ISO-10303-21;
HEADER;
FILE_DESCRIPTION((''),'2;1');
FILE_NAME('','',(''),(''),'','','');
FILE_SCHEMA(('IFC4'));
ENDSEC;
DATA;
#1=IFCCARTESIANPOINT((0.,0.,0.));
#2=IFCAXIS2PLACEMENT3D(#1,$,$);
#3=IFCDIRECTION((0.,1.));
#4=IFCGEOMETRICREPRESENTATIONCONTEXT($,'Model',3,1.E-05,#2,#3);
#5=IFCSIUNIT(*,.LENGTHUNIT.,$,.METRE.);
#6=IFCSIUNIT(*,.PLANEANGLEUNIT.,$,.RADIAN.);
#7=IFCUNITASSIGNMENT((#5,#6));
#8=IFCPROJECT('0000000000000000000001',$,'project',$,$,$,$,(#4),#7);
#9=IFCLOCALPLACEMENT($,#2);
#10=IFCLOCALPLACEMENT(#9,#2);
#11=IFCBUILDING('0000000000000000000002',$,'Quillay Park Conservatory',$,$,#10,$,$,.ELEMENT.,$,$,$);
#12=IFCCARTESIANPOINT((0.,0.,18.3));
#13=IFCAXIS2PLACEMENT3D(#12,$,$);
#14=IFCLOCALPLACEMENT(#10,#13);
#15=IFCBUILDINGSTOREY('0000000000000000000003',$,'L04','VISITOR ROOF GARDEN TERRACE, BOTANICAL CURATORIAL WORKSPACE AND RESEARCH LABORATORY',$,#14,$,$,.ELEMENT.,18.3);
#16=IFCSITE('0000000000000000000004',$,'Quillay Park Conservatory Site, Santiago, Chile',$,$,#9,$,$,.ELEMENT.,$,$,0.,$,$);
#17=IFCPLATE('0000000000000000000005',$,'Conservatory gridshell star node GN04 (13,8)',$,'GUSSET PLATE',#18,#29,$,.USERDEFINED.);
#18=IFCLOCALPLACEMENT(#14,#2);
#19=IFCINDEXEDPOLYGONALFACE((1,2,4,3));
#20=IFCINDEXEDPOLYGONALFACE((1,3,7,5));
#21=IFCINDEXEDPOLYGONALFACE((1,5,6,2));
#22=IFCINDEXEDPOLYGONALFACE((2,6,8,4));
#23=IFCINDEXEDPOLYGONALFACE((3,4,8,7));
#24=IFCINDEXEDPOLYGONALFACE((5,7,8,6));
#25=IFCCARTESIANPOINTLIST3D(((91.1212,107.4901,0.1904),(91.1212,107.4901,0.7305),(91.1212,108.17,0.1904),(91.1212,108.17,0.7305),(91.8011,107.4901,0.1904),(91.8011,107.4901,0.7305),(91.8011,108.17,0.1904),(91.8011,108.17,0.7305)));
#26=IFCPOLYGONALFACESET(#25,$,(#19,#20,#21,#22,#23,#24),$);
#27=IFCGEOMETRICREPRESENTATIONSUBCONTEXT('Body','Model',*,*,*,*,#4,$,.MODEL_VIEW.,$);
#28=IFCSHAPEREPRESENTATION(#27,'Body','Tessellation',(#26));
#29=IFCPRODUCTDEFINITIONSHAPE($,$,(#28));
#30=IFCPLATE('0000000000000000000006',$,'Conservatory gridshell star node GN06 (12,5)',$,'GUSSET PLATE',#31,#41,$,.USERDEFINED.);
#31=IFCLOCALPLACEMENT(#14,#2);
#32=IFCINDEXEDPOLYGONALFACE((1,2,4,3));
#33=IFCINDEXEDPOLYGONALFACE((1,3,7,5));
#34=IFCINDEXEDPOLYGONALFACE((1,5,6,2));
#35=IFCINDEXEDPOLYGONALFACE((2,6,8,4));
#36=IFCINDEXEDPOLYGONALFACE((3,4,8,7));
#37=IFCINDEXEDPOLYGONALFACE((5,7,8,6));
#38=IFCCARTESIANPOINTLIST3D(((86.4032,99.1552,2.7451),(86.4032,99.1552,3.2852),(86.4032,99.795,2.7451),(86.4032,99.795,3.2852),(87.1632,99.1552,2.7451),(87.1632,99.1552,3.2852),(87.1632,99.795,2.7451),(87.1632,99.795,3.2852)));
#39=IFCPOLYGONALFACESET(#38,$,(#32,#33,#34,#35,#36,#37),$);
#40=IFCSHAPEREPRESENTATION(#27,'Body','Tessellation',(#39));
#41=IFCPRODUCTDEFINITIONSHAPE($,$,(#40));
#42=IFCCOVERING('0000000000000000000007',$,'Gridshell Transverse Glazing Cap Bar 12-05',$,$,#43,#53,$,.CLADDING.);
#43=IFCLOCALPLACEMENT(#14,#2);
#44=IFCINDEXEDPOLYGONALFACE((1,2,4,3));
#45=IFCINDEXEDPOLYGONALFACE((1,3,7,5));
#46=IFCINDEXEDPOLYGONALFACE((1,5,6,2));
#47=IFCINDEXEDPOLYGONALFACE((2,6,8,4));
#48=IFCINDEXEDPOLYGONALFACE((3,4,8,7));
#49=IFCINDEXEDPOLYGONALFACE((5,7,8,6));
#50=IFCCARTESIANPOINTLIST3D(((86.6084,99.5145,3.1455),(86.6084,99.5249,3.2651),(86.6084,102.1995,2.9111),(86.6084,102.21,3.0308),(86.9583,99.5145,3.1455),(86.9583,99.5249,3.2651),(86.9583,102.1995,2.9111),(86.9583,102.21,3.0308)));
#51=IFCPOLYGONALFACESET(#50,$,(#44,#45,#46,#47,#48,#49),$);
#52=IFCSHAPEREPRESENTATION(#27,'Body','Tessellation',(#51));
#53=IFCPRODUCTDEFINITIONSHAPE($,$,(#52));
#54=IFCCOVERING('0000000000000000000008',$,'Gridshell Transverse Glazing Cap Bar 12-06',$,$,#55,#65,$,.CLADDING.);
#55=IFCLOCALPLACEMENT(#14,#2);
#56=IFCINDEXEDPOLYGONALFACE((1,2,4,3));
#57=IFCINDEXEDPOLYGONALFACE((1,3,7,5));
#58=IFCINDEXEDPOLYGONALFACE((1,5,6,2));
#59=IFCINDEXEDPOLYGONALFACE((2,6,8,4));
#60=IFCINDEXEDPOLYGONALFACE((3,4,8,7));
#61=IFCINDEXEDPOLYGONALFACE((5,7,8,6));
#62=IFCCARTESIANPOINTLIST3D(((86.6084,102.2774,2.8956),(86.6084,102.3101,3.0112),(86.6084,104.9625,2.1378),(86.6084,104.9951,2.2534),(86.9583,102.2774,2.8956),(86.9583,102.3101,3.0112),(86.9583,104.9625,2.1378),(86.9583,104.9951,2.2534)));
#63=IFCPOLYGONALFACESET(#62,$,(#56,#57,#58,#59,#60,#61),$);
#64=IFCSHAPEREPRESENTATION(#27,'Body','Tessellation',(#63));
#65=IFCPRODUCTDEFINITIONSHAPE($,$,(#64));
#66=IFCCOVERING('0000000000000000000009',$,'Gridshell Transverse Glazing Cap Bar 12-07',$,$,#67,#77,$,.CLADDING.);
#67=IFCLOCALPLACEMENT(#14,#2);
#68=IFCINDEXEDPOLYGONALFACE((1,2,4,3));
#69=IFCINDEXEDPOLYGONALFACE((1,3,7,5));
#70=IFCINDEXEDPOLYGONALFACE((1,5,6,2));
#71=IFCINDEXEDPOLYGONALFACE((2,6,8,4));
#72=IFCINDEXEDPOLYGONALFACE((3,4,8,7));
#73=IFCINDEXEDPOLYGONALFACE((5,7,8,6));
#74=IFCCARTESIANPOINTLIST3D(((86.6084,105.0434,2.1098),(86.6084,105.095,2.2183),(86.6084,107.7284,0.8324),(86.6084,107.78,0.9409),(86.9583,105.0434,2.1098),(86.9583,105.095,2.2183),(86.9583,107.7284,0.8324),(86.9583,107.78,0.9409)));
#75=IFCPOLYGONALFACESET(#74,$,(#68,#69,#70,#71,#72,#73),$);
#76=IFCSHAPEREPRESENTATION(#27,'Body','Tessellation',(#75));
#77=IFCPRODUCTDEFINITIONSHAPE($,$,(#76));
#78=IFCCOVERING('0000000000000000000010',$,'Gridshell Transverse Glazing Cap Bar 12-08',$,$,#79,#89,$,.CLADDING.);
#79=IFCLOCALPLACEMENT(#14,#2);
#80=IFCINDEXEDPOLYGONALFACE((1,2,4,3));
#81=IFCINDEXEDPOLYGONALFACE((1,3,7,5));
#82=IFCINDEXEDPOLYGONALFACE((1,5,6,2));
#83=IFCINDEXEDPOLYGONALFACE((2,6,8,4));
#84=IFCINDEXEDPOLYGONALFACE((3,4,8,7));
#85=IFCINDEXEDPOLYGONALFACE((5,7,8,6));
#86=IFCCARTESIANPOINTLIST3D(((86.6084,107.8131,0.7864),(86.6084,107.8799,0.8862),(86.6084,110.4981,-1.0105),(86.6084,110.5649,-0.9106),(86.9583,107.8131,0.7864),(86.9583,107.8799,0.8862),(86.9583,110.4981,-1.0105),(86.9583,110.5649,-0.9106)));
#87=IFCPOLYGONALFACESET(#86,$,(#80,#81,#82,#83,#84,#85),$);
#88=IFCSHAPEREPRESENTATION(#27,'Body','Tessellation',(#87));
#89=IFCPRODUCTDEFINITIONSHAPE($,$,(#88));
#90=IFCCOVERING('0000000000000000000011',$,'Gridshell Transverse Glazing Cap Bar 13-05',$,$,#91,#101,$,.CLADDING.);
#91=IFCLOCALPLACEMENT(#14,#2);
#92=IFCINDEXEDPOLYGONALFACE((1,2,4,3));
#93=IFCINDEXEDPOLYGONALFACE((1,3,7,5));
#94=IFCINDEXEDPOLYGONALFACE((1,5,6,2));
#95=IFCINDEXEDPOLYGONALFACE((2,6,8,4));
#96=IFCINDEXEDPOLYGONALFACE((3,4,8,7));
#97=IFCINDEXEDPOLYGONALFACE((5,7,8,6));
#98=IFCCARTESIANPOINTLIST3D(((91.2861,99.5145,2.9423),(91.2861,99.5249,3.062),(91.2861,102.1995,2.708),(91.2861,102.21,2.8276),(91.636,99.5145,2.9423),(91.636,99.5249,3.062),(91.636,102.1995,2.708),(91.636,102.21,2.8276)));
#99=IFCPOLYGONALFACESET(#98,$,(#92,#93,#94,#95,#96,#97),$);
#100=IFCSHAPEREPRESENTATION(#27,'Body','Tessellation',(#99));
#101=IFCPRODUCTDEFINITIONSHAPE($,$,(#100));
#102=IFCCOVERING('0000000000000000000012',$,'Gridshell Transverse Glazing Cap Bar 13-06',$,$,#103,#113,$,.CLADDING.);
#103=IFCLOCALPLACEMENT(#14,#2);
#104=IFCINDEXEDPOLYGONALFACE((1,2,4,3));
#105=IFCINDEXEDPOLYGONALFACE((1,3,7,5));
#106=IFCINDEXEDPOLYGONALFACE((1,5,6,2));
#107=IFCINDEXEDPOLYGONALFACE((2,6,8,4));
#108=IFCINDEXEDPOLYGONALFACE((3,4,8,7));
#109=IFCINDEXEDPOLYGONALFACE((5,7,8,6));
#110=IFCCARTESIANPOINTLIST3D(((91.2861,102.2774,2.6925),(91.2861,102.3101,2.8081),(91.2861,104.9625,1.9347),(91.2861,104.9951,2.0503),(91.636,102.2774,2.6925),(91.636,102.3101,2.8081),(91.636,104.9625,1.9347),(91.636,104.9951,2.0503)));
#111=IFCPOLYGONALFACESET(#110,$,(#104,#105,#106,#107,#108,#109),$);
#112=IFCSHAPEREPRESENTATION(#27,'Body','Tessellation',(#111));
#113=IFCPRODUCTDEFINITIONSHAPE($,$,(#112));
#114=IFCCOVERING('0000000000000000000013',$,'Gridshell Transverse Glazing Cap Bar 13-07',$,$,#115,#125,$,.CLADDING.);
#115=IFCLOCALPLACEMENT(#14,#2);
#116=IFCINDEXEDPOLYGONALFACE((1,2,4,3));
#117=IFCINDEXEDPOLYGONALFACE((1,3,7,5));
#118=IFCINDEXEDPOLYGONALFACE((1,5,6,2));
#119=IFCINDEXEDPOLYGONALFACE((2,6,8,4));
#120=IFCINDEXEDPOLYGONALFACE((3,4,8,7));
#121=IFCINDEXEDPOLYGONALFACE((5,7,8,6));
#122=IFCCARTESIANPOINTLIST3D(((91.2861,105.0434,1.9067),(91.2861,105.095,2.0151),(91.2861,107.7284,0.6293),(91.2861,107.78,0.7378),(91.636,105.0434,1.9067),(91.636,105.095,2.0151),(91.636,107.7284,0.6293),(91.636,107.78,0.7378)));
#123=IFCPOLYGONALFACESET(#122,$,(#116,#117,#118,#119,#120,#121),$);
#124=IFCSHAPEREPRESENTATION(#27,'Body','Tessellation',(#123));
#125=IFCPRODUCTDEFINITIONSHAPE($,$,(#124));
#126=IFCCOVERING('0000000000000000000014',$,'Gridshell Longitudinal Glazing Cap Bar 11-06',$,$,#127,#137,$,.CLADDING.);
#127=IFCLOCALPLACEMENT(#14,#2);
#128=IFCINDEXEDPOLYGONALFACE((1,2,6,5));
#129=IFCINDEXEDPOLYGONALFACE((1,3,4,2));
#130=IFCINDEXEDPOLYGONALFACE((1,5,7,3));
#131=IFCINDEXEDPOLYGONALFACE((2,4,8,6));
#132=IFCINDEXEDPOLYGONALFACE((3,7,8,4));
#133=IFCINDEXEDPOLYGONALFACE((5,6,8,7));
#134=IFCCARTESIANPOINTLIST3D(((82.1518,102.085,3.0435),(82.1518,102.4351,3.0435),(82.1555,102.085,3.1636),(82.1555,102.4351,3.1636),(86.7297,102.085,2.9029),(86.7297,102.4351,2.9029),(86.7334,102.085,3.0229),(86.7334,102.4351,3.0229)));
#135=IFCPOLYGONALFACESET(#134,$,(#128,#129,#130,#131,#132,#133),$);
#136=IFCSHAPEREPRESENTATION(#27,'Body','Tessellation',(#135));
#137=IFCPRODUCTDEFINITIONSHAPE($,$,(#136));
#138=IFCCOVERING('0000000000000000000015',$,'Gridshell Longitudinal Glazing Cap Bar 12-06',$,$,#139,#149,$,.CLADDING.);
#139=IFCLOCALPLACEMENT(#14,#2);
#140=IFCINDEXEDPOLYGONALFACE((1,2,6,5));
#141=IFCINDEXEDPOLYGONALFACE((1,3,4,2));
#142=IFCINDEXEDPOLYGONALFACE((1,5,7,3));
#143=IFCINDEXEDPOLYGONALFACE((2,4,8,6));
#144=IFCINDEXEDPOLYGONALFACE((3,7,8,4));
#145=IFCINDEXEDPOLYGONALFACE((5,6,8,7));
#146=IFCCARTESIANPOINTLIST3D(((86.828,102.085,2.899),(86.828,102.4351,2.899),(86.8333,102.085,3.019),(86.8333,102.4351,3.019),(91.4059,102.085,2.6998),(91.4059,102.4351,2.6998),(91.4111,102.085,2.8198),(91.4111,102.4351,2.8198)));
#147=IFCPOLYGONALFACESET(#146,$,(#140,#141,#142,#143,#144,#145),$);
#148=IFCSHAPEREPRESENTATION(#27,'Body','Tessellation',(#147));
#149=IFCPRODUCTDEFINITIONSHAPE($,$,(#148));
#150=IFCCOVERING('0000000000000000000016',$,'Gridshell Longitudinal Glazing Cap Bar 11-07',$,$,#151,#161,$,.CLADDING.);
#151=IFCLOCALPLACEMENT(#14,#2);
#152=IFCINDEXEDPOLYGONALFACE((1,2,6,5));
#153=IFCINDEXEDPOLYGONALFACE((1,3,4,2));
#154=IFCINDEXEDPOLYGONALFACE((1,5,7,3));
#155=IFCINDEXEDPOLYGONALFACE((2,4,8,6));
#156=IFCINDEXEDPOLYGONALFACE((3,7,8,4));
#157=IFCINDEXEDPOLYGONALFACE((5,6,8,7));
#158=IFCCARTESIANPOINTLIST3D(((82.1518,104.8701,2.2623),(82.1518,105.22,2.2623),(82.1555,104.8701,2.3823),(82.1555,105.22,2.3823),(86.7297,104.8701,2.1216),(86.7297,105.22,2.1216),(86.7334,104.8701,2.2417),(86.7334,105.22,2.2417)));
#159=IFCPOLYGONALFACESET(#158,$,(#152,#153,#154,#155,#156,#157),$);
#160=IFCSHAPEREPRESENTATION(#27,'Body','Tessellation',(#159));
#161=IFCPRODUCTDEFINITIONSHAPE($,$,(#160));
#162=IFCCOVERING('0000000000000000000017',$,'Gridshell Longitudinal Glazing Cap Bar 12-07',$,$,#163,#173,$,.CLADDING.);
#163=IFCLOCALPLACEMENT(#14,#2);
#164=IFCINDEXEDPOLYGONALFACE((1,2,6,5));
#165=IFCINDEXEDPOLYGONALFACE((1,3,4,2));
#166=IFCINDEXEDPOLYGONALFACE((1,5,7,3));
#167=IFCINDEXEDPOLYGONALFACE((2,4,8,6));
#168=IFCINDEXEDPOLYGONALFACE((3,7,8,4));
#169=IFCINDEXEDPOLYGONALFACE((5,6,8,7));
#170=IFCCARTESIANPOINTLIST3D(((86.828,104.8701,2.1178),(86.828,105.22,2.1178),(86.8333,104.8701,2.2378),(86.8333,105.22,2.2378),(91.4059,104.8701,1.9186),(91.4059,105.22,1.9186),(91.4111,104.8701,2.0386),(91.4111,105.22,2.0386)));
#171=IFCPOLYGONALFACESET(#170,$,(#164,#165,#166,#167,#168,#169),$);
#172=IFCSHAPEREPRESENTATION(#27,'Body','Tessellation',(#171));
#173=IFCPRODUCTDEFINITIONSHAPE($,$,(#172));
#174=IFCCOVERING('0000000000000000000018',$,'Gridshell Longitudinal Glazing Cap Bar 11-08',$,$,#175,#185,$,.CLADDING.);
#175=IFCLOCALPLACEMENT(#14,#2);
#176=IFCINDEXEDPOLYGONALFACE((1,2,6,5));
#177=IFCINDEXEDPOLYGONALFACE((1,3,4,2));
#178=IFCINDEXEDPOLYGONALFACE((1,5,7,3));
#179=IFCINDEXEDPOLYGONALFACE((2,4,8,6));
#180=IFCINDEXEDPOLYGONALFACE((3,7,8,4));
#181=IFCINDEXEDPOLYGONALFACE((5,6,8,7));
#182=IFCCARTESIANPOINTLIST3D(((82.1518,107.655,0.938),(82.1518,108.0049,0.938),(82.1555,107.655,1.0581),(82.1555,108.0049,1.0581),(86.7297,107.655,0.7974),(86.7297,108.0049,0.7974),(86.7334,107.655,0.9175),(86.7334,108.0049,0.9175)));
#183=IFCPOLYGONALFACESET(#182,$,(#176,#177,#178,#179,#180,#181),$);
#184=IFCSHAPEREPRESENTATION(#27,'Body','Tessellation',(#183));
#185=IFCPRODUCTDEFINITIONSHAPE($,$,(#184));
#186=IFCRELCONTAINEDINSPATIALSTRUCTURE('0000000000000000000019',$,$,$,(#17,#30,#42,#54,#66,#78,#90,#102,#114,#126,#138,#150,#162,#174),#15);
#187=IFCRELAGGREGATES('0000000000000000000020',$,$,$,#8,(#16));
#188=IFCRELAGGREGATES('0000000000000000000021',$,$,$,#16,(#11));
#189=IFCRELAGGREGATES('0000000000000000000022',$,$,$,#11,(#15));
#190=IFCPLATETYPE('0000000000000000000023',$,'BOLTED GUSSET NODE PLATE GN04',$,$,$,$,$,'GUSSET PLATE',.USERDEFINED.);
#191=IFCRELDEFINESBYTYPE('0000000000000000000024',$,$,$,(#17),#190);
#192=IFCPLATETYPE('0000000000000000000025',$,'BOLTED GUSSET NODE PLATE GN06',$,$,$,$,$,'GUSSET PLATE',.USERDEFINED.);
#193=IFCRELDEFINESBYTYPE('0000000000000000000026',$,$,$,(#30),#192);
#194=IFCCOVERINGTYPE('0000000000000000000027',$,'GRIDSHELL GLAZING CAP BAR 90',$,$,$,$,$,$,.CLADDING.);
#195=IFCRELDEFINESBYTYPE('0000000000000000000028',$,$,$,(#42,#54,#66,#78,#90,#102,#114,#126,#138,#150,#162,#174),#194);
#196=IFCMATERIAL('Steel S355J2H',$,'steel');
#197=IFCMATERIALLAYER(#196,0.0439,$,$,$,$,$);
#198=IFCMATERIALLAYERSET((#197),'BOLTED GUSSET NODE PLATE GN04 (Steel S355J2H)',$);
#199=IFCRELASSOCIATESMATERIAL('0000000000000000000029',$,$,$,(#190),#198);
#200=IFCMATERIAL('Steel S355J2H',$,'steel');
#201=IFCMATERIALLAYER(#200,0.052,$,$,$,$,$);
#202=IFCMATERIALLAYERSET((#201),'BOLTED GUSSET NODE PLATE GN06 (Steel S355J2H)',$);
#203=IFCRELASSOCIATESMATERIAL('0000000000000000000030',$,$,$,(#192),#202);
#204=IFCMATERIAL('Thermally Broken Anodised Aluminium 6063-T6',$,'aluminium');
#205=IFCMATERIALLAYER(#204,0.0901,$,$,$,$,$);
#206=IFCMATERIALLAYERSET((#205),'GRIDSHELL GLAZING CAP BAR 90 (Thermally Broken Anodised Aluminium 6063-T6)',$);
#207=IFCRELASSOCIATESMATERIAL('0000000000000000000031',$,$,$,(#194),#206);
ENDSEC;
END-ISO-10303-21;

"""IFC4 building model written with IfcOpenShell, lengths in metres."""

from ifc_helpers import new_model, si_unit, direction, frame, origin, origin_2d, place, context, subcontext, project, spatial, polyline, rectangle, outline, extrude, material, layer, layer_set, type_object, element, save


model = new_model("IFC4")

# Units and contexts
model_context = context("Model", 3, precision=1e-05, world=origin(), true_north=direction((0.0, 1.0)))
body_context = subcontext(model_context, "Body", "Model", "MODEL_VIEW")
ifc_project = project(units=[si_unit("LENGTHUNIT", "METRE"), si_unit("PLANEANGLEUNIT", "RADIAN")], contexts=[model_context])

# Site, building, storey
site_placement = place(None, origin())
site = spatial("IfcSite", under=ifc_project, at=site_placement, Name="Quillay Park Conservatory Site, Santiago, Chile", CompositionType="ELEMENT", RefElevation=0.0)
building_placement = place(site_placement, origin())
building = spatial("IfcBuilding", under=site, at=building_placement, Name="Quillay Park Conservatory", CompositionType="ELEMENT")
storey_placement = place(building_placement, frame((0.0, 0.0, 18.3)))
storey = spatial("IfcBuildingStorey", under=building, at=storey_placement, Name="L04", Description="VISITOR ROOF GARDEN TERRACE, BOTANICAL CURATORIAL WORKSPACE AND RESEARCH LABORATORY", CompositionType="ELEMENT", Elevation=18.3)

# Plates
ifc_material_1 = material(Name="Steel S355J2H", Category="steel")
ifc_layer_1 = layer(ifc_material_1, 0.0439)
ifc_layer_set_1 = layer_set([ifc_layer_1], Name="BOLTED GUSSET NODE PLATE GN04 (Steel S355J2H)")
plate_type_1 = type_object("IfcPlateType", Name="BOLTED GUSSET NODE PLATE GN04", ElementType="GUSSET PLATE", PredefinedType="USERDEFINED", material=ifc_layer_set_1)
plate_1_placement = place(storey_placement, frame((91.4612, 107.8301, 0.1904), z_axis=(0.0, 0.0, 1.0), x_axis=(1.0, 0.0, 0.0)))
element("IfcPlate", 1, at=plate_1_placement, inside=storey, type_object=plate_type_1, Name="Conservatory gridshell star node GN04 (13,8)", ObjectType="GUSSET PLATE", PredefinedType="USERDEFINED", context=body_context, shape_type="SweptSolid", body=[
    extrude(rectangle(XDim=0.6799, YDim=0.6799, at=origin_2d()), origin(), (0.0, 0.0, 1.0), 0.54),
])
ifc_material_2 = material(Name="Steel S355J2H", Category="steel")
ifc_layer_2 = layer(ifc_material_2, 0.052)
ifc_layer_set_2 = layer_set([ifc_layer_2], Name="BOLTED GUSSET NODE PLATE GN06 (Steel S355J2H)")
plate_type_2 = type_object("IfcPlateType", Name="BOLTED GUSSET NODE PLATE GN06", ElementType="GUSSET PLATE", PredefinedType="USERDEFINED", material=ifc_layer_set_2)
plate_2_placement = place(storey_placement, frame((86.7832, 99.4751, 2.7451), z_axis=(0.0, 0.0, 1.0), x_axis=(1.0, 0.0, 0.0)))
element("IfcPlate", 2, at=plate_2_placement, inside=storey, type_object=plate_type_2, Name="Conservatory gridshell star node GN06 (12,5)", ObjectType="GUSSET PLATE", PredefinedType="USERDEFINED", context=body_context, shape_type="SweptSolid", body=[
    extrude(rectangle(XDim=0.76, YDim=0.6399, at=origin_2d()), origin(), (0.0, 0.0, 1.0), 0.54),
])

# Coverings
ifc_material_3 = material(Name="Thermally Broken Anodised Aluminium 6063-T6", Category="aluminium")
ifc_layer_3 = layer(ifc_material_3, 0.0901)
ifc_layer_set_3 = layer_set([ifc_layer_3], Name="GRIDSHELL GLAZING CAP BAR 90 (Thermally Broken Anodised Aluminium 6063-T6)")
covering_type = type_object("IfcCoveringType", Name="GRIDSHELL GLAZING CAP BAR 90", PredefinedType="CLADDING", material=ifc_layer_set_3)
covering_1_placement = place(storey_placement, frame((86.6084, 99.5249, 3.2651), z_axis=(0.0, 0.086958, 0.996212), x_axis=(1.0, 0.0, 0.0)))
element("IfcCovering", 3, at=covering_1_placement, inside=storey, type_object=covering_type, Name="Gridshell Transverse Glazing Cap Bar 12-05", PredefinedType="CLADDING", context=body_context, shape_type="SweptSolid", body=[
    extrude(outline(polyline([(0.0, 0.0), (0.3499, 0.0), (0.3499, 2.6953), (0.0, 2.6953), (0.0, 0.0)])), origin(), (0.0, 0.0, -1.0), 0.1201),
])
covering_2_placement = place(storey_placement, frame((86.6084, 102.3101, 3.0112), z_axis=(0.0, 0.271622, 0.962404), x_axis=(1.0, 0.0, 0.0)))
element("IfcCovering", 4, at=covering_2_placement, inside=storey, type_object=covering_type, Name="Gridshell Transverse Glazing Cap Bar 12-06", PredefinedType="CLADDING", context=body_context, shape_type="SweptSolid", body=[
    extrude(outline(polyline([(0.0, 0.0), (0.3499, 0.0), (0.3499, 2.7899), (0.0, 2.7899), (0.0, 0.0)])), origin(), (0.0, 0.0, -1.0), 0.1201),
])
covering_3_placement = place(storey_placement, frame((86.6084, 105.095, 2.2183), z_axis=(0.0, 0.429589, 0.903024), x_axis=(1.0, 0.0, 0.0)))
element("IfcCovering", 5, at=covering_3_placement, inside=storey, type_object=covering_type, Name="Gridshell Transverse Glazing Cap Bar 12-07", PredefinedType="CLADDING", context=body_context, shape_type="SweptSolid", body=[
    extrude(outline(polyline([(0.0, 0.0), (0.3499, 0.0), (0.3499, 2.9734), (0.0, 2.9734), (0.0, 0.0)])), origin(), (0.0, 0.0, -1.0), 0.1201),
])
covering_4_placement = place(storey_placement, frame((86.6084, 107.8799, 0.8862), z_axis=(0.0, 0.556164, 0.831072), x_axis=(1.0, 0.0, 0.0)))
element("IfcCovering", 6, at=covering_4_placement, inside=storey, type_object=covering_type, Name="Gridshell Transverse Glazing Cap Bar 12-08", PredefinedType="CLADDING", context=body_context, shape_type="SweptSolid", body=[
    extrude(outline(polyline([(0.0, 0.0), (0.3499, 0.0), (0.3499, 3.2308), (0.0, 3.2308), (0.0, 0.0)])), origin(), (0.0, 0.0, -1.0), 0.1201),
])
covering_5_placement = place(storey_placement, frame((91.2861, 99.5249, 3.062), z_axis=(0.0, 0.086958, 0.996212), x_axis=(1.0, 0.0, 0.0)))
element("IfcCovering", 7, at=covering_5_placement, inside=storey, type_object=covering_type, Name="Gridshell Transverse Glazing Cap Bar 13-05", PredefinedType="CLADDING", context=body_context, shape_type="SweptSolid", body=[
    extrude(outline(polyline([(0.0, 0.0), (0.3499, 0.0), (0.3499, 2.6953), (0.0, 2.6953), (0.0, 0.0)])), origin(), (0.0, 0.0, -1.0), 0.1201),
])
covering_6_placement = place(storey_placement, frame((91.2861, 102.3101, 2.8081), z_axis=(0.0, 0.271622, 0.962404), x_axis=(1.0, 0.0, 0.0)))
element("IfcCovering", 8, at=covering_6_placement, inside=storey, type_object=covering_type, Name="Gridshell Transverse Glazing Cap Bar 13-06", PredefinedType="CLADDING", context=body_context, shape_type="SweptSolid", body=[
    extrude(outline(polyline([(0.0, 0.0), (0.3499, 0.0), (0.3499, 2.7899), (0.0, 2.7899), (0.0, 0.0)])), origin(), (0.0, 0.0, -1.0), 0.1201),
])
covering_7_placement = place(storey_placement, frame((91.2861, 105.095, 2.0151), z_axis=(0.0, 0.429589, 0.903024), x_axis=(1.0, 0.0, 0.0)))
element("IfcCovering", 9, at=covering_7_placement, inside=storey, type_object=covering_type, Name="Gridshell Transverse Glazing Cap Bar 13-07", PredefinedType="CLADDING", context=body_context, shape_type="SweptSolid", body=[
    extrude(outline(polyline([(0.0, 0.0), (0.3499, 0.0), (0.3499, 2.9734), (0.0, 2.9734), (0.0, 0.0)])), origin(), (0.0, 0.0, -1.0), 0.1201),
])
covering_8_placement = place(storey_placement, frame((82.1555, 102.085, 3.1636), z_axis=(0.030704, 0.0, 0.999529), x_axis=(0.999529, 0.0, -0.030704)))
element("IfcCovering", 10, at=covering_8_placement, inside=storey, type_object=covering_type, Name="Gridshell Longitudinal Glazing Cap Bar 11-06", PredefinedType="CLADDING", context=body_context, shape_type="SweptSolid", body=[
    extrude(outline(polyline([(0.0, 0.0), (4.58, 0.0), (4.58, 0.3501), (0.0, 0.3501), (0.0, 0.0)])), origin(), (0.0, 0.0, -1.0), 0.1201),
])
covering_9_placement = place(storey_placement, frame((86.8333, 102.085, 3.019), z_axis=(0.043477, 0.0, 0.999054), x_axis=(0.999054, 0.0, -0.043477)))
element("IfcCovering", 11, at=covering_9_placement, inside=storey, type_object=covering_type, Name="Gridshell Longitudinal Glazing Cap Bar 12-06", PredefinedType="CLADDING", context=body_context, shape_type="SweptSolid", body=[
    extrude(outline(polyline([(0.0, 0.0), (4.5822, 0.0), (4.5822, 0.3501), (0.0, 0.3501), (0.0, 0.0)])), origin(), (0.0, 0.0, -1.0), 0.1201),
])
covering_10_placement = place(storey_placement, frame((82.1555, 104.8701, 2.3823), z_axis=(0.030704, 0.0, 0.999529), x_axis=(0.999529, 0.0, -0.030704)))
element("IfcCovering", 12, at=covering_10_placement, inside=storey, type_object=covering_type, Name="Gridshell Longitudinal Glazing Cap Bar 11-07", PredefinedType="CLADDING", context=body_context, shape_type="SweptSolid", body=[
    extrude(outline(polyline([(0.0, 0.0), (4.58, 0.0), (4.58, 0.3499), (0.0, 0.3499), (0.0, 0.0)])), origin(), (0.0, 0.0, -1.0), 0.1201),
])
covering_11_placement = place(storey_placement, frame((86.8333, 104.8701, 2.2378), z_axis=(0.043477, 0.0, 0.999054), x_axis=(0.999054, 0.0, -0.043477)))
element("IfcCovering", 13, at=covering_11_placement, inside=storey, type_object=covering_type, Name="Gridshell Longitudinal Glazing Cap Bar 12-07", PredefinedType="CLADDING", context=body_context, shape_type="SweptSolid", body=[
    extrude(outline(polyline([(0.0, 0.0), (4.5822, 0.0), (4.5822, 0.3499), (0.0, 0.3499), (0.0, 0.0)])), origin(), (0.0, 0.0, -1.0), 0.1201),
])
covering_12_placement = place(storey_placement, frame((82.1555, 107.655, 1.0581), z_axis=(0.030704, 0.0, 0.999529), x_axis=(0.999529, 0.0, -0.030704)))
element("IfcCovering", 14, at=covering_12_placement, inside=storey, type_object=covering_type, Name="Gridshell Longitudinal Glazing Cap Bar 11-08", PredefinedType="CLADDING", context=body_context, shape_type="SweptSolid", body=[
    extrude(outline(polyline([(0.0, 0.0), (4.58, 0.0), (4.58, 0.3499), (0.0, 0.3499), (0.0, 0.0)])), origin(), (0.0, 0.0, -1.0), 0.1201),
])

save(model, "model.ifc")
